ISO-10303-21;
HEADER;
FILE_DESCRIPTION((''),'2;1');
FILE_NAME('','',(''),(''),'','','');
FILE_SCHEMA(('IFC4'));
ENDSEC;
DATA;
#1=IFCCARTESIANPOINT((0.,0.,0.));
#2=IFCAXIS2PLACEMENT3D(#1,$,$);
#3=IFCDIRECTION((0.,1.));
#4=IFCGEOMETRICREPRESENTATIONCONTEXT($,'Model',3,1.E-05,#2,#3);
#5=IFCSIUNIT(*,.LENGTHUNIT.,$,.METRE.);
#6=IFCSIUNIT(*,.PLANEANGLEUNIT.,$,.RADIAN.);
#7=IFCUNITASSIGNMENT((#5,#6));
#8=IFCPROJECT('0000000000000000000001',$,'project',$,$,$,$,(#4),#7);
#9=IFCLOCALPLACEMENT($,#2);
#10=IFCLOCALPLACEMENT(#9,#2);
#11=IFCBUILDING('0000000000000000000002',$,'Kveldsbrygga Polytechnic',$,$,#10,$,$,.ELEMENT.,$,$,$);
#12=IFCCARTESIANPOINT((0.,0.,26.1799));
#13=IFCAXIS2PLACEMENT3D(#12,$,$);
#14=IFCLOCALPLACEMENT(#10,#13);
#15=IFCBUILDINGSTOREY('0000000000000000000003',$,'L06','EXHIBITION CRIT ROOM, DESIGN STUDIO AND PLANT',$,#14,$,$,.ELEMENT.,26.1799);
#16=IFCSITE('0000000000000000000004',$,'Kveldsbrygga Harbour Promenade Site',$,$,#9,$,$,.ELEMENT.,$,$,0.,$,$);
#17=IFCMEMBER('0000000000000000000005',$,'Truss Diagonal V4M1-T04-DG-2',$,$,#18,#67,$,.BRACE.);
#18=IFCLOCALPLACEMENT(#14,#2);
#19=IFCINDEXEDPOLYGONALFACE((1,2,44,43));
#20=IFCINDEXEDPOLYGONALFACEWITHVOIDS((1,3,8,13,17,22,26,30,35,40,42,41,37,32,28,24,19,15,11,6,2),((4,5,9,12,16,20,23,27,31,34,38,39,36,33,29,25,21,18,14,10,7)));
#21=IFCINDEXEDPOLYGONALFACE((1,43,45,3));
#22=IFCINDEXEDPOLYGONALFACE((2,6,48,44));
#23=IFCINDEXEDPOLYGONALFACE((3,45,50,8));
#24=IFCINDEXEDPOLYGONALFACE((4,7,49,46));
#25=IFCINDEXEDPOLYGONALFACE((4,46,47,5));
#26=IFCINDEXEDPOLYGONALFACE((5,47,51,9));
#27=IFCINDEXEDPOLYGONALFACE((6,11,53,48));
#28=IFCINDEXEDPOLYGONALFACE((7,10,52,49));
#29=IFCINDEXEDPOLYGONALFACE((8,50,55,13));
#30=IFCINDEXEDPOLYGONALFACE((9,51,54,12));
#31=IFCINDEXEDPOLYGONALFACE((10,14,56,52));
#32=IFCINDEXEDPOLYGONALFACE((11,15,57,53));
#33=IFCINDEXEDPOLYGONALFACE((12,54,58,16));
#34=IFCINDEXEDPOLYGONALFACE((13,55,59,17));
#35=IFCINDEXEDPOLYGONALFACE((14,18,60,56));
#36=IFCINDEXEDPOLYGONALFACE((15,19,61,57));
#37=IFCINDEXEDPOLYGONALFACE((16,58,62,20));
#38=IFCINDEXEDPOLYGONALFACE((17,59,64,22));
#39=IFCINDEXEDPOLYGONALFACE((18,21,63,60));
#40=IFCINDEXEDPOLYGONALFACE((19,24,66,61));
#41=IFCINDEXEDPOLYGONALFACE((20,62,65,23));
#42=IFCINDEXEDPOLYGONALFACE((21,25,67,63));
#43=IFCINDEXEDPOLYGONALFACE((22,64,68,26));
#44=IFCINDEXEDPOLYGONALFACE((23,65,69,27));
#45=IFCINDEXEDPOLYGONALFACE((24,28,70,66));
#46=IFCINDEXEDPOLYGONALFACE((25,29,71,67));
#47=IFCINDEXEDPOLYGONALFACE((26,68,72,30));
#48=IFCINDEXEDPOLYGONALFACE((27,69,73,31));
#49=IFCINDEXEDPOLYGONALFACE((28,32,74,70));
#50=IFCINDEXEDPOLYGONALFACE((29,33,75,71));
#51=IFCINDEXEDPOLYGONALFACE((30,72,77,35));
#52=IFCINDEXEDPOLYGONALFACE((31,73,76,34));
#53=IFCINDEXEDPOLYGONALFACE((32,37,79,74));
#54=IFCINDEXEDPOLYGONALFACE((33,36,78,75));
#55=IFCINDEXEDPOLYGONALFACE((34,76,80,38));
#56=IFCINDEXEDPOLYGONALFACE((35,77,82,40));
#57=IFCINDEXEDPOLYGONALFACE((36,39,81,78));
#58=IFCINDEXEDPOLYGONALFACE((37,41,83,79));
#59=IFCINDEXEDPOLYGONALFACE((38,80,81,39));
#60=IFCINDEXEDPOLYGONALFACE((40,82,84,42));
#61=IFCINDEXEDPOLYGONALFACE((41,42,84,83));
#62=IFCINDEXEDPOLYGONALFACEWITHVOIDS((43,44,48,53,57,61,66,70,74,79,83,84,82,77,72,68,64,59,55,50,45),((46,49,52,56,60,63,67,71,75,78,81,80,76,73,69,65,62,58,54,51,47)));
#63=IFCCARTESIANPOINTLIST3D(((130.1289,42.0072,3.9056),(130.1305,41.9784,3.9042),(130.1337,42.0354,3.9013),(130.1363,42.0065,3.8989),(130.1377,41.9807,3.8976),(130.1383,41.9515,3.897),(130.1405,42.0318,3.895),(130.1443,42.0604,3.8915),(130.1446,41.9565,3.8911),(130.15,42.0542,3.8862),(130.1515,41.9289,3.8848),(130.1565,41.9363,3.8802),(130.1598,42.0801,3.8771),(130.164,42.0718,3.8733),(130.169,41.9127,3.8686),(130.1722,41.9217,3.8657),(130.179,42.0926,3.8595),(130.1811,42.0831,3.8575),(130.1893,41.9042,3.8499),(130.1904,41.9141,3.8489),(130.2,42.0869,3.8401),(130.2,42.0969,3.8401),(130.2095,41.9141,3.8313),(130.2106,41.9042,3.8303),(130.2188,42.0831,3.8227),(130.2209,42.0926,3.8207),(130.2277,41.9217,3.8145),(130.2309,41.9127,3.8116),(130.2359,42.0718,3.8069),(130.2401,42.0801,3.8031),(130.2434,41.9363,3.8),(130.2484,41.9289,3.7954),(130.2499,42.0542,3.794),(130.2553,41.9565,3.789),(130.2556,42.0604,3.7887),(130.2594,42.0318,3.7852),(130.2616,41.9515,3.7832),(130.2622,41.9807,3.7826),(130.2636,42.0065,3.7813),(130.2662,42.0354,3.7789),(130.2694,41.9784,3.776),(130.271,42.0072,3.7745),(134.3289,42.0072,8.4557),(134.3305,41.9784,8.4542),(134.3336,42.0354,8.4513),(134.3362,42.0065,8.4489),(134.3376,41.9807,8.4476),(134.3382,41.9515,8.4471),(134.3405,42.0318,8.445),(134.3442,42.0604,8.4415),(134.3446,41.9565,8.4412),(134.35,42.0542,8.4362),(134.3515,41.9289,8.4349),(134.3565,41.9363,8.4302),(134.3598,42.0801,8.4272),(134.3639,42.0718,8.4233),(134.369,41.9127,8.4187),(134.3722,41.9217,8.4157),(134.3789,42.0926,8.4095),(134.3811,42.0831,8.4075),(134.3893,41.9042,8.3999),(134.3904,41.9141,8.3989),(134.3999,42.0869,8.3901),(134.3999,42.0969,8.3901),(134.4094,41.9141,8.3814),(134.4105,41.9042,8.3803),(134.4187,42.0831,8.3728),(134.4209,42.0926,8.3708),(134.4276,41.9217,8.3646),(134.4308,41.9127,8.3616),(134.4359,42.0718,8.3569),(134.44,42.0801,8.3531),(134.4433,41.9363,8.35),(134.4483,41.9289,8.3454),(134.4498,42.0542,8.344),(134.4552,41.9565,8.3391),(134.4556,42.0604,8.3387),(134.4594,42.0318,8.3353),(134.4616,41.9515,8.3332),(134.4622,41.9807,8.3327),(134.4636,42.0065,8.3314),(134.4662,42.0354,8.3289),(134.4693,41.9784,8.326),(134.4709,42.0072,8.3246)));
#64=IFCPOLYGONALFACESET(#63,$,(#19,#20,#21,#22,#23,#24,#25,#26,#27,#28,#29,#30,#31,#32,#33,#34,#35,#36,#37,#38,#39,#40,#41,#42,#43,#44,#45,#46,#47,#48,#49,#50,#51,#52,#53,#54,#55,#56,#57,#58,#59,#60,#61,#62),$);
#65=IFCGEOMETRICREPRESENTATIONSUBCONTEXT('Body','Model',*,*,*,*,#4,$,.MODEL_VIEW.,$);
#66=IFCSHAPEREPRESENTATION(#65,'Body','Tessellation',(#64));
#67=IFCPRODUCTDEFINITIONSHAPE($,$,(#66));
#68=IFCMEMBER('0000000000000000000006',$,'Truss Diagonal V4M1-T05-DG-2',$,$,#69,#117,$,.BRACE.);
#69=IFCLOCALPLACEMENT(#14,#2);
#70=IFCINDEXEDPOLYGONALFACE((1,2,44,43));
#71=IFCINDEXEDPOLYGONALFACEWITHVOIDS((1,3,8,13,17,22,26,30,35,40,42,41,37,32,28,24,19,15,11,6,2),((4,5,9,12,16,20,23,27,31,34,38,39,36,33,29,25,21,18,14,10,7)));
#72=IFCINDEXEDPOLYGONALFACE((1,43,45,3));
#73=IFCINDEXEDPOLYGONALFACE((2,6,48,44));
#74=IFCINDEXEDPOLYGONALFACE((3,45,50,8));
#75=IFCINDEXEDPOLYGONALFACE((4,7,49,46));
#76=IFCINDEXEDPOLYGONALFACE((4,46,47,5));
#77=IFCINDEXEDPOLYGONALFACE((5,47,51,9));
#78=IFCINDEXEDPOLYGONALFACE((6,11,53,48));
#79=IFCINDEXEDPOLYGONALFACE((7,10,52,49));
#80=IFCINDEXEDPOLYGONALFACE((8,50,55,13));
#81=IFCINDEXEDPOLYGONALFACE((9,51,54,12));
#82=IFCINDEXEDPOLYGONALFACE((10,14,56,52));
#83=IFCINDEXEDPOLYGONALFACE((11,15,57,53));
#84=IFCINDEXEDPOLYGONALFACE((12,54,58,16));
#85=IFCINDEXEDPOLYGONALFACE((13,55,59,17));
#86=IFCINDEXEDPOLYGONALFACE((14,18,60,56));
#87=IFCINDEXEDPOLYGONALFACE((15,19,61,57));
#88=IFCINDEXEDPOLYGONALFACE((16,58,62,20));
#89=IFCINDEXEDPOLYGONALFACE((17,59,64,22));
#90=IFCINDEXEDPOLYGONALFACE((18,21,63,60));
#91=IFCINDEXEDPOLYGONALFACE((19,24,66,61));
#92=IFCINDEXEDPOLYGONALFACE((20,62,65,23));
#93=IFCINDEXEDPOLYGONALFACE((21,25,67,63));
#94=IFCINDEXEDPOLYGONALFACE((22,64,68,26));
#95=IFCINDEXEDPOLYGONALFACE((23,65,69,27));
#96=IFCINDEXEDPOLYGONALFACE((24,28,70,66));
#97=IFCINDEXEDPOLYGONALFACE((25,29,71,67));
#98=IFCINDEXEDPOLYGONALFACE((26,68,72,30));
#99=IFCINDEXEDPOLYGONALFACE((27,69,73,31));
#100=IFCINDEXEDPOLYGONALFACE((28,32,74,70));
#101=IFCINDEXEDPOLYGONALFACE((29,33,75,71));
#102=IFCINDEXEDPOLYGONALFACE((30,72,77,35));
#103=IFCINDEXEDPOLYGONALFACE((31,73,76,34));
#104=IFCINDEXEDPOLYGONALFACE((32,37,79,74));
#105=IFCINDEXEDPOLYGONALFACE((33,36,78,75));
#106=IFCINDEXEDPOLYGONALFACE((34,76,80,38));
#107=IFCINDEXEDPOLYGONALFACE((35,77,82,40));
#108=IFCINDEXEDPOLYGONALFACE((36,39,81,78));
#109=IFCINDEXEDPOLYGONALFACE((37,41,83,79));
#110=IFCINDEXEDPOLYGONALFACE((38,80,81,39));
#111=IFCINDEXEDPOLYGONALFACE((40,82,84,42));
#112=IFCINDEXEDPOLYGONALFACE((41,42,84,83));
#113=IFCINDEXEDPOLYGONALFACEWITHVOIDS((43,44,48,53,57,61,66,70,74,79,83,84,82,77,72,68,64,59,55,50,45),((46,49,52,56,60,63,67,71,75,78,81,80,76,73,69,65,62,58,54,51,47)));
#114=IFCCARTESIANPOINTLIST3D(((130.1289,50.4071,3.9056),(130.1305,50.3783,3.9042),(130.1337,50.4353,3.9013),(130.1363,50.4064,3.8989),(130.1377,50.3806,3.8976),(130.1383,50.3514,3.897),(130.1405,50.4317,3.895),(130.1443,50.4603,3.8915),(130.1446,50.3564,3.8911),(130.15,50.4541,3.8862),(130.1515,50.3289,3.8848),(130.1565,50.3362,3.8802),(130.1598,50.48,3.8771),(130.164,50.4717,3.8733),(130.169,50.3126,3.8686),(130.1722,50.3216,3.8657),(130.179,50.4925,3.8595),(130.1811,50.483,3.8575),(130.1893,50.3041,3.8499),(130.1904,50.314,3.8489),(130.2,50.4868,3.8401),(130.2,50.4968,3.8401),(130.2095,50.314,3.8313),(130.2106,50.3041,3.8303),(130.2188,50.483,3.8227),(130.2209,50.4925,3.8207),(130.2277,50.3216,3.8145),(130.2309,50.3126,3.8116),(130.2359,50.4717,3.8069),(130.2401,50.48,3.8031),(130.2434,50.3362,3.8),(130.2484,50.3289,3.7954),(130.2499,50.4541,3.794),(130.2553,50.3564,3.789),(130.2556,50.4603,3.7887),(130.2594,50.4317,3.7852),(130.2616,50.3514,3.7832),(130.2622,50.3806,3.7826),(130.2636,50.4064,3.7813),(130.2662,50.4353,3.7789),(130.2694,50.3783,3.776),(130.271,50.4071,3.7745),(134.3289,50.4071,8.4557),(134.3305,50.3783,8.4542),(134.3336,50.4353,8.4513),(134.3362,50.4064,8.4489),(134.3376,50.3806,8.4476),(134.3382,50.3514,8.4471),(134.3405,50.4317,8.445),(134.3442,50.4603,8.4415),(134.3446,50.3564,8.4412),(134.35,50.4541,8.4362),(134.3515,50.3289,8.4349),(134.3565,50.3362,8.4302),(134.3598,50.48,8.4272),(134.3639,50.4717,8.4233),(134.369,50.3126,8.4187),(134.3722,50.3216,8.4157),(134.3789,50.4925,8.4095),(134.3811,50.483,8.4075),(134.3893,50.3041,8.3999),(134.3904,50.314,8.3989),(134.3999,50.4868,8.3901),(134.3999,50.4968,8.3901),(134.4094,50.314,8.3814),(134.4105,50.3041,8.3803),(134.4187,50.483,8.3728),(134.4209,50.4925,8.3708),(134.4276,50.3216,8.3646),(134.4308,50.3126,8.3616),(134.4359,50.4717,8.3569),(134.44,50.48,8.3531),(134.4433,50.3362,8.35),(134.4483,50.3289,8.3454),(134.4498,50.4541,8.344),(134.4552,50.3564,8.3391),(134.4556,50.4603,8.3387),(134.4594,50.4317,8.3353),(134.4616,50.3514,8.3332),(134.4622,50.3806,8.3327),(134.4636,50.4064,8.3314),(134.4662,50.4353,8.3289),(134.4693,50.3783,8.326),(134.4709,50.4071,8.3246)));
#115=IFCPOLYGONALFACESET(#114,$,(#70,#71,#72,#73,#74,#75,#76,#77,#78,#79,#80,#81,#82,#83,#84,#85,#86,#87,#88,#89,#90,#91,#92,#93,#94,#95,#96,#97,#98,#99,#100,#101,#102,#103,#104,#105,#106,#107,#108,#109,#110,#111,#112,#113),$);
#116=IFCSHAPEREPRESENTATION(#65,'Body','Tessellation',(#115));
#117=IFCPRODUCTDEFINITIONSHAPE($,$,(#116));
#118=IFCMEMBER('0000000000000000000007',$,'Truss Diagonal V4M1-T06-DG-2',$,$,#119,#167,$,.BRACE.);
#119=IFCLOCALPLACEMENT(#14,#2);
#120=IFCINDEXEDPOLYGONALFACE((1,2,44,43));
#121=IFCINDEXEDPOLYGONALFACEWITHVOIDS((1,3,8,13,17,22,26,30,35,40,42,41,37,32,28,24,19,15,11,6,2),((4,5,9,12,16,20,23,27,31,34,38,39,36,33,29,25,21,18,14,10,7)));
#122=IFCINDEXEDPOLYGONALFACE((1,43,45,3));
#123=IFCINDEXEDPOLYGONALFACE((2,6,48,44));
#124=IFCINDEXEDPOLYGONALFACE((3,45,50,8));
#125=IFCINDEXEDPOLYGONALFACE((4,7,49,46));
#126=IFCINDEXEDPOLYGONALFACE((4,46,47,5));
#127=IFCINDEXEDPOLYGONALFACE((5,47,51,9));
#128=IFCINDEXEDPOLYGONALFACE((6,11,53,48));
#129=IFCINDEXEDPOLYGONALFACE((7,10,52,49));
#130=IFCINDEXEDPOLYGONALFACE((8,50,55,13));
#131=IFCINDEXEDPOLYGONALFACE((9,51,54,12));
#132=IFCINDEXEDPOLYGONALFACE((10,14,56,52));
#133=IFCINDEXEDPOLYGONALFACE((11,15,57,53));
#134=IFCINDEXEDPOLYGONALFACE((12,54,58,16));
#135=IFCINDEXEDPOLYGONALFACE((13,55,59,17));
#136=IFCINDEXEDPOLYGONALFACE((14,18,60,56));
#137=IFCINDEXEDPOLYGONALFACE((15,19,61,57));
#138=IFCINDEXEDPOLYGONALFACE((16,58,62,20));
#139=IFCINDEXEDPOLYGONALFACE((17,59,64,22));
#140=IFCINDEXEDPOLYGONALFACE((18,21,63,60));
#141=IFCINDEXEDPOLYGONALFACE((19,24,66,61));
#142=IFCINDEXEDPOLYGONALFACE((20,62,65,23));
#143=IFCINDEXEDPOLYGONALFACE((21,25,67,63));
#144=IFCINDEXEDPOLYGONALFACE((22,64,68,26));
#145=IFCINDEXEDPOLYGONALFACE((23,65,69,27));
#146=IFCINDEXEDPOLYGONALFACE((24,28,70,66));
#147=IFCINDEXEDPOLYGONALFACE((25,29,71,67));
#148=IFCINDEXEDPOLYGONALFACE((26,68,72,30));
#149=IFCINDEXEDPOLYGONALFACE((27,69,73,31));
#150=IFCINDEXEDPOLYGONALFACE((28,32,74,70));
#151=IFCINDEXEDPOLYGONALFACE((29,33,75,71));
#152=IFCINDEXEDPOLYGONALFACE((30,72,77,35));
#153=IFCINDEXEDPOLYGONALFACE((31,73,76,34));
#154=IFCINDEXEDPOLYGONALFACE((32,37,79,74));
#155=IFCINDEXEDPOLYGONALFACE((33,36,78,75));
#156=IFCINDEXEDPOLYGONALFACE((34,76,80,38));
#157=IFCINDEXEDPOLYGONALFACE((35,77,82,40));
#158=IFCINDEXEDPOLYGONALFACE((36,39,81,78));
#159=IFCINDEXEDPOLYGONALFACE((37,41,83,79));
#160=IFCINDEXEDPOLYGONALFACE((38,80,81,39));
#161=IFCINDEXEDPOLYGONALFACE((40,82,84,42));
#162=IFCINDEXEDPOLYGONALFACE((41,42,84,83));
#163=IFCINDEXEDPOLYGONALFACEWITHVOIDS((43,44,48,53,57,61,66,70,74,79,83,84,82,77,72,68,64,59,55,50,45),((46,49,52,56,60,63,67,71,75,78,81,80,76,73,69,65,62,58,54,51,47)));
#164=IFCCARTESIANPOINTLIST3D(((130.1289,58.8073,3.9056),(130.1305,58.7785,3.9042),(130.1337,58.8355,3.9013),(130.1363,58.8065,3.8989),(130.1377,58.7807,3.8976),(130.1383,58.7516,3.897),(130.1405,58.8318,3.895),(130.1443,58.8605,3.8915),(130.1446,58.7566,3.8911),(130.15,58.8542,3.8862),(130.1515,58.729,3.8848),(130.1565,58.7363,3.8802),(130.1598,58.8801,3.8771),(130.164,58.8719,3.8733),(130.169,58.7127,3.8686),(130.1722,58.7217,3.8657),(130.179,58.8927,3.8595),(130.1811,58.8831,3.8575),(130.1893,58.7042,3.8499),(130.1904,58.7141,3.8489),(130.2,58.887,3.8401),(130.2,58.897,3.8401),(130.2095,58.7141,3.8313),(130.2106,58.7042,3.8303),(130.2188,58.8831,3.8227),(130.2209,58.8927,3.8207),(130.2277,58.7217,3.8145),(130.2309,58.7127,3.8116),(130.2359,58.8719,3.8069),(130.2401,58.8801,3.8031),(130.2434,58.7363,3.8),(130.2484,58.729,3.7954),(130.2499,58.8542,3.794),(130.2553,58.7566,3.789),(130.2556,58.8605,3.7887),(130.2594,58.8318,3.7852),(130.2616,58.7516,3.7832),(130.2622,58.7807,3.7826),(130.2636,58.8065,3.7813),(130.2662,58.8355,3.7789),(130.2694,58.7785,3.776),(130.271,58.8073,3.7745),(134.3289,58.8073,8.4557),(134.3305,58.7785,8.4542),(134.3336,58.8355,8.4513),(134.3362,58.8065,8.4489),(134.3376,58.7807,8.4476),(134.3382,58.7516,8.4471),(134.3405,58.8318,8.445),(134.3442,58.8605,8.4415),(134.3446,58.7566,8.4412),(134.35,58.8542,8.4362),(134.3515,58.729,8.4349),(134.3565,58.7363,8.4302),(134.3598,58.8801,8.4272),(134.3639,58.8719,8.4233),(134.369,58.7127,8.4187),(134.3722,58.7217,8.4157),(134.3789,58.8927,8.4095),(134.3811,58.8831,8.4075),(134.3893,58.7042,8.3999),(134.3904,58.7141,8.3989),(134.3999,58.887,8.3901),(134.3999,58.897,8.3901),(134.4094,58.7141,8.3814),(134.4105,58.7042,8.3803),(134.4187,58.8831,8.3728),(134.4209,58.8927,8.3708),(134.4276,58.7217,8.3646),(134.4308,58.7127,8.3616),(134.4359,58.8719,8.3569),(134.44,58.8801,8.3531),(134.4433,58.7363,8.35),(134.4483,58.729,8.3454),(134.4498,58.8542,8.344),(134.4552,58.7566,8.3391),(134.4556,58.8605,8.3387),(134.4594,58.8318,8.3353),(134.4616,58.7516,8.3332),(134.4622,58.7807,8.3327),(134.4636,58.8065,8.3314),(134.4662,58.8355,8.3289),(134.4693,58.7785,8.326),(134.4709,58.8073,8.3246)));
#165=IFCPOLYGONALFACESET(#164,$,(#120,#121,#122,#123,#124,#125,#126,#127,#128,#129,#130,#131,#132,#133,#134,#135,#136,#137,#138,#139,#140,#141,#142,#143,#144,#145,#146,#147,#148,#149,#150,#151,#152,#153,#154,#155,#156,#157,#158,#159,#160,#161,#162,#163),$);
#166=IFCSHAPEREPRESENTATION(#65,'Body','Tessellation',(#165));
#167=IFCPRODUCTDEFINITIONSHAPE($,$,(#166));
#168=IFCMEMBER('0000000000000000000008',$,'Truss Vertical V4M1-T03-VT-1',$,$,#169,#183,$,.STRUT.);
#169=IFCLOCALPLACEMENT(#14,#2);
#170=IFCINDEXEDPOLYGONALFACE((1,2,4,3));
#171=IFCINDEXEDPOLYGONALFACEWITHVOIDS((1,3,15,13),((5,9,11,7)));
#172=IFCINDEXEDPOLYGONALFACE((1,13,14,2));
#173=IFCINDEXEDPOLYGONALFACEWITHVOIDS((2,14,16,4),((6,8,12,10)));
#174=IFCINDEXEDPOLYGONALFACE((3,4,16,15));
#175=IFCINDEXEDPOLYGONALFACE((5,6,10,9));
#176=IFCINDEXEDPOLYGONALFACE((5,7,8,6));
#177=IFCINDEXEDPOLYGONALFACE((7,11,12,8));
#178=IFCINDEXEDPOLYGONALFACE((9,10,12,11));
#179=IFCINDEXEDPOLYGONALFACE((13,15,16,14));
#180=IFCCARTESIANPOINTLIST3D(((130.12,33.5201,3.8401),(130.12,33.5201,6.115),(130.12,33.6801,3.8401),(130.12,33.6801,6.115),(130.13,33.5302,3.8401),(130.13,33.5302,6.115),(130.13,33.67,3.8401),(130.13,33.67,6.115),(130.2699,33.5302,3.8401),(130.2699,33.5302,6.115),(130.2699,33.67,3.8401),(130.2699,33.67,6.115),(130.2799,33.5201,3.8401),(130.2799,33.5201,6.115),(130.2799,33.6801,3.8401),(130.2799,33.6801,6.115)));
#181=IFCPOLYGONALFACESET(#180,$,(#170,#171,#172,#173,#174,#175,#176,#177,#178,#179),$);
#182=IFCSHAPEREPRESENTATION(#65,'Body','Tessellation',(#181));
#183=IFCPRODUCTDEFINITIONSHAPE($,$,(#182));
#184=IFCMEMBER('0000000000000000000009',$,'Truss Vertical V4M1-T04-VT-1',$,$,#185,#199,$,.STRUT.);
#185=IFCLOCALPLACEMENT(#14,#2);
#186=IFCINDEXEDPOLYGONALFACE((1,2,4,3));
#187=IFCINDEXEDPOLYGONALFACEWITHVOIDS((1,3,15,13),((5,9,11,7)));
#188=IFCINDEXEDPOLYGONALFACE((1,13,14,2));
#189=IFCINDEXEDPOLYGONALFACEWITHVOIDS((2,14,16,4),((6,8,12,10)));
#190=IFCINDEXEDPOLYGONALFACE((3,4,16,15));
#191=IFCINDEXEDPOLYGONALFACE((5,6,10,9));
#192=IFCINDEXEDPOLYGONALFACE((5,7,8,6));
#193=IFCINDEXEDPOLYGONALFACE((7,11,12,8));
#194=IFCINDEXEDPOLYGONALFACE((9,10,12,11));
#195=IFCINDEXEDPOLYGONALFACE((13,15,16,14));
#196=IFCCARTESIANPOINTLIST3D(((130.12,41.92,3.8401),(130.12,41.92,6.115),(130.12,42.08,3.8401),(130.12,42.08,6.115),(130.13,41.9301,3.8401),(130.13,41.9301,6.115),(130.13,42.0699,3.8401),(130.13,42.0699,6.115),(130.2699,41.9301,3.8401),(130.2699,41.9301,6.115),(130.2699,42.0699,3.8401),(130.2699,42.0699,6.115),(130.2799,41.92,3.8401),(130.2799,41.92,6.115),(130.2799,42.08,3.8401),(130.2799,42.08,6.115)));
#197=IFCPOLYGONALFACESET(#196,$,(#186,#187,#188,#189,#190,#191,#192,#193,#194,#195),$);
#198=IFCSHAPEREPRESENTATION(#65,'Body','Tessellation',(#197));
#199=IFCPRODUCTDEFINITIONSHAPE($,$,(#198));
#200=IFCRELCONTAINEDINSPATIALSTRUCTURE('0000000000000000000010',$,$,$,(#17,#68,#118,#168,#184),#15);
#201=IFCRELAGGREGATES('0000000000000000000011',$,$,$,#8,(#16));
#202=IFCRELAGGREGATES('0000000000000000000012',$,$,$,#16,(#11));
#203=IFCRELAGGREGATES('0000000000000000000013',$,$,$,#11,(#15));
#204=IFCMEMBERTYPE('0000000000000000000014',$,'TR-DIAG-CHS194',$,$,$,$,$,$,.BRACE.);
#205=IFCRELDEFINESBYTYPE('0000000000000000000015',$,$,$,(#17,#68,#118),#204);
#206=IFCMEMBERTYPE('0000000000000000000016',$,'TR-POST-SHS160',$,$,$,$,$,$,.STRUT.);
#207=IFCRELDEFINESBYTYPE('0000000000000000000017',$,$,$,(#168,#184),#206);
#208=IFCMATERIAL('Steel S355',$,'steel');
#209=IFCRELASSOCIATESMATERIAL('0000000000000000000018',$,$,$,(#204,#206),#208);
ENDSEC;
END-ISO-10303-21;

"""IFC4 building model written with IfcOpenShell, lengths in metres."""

from ifc_helpers import new_model, si_unit, direction, frame, origin, origin_2d, place, context, subcontext, project, spatial, hollow_rectangle, hollow_circle, extrude, material, material_profile, profile_set, type_object, element, save


model = new_model("IFC4")

# Units and contexts
model_context = context("Model", 3, precision=1e-05, world=origin(), true_north=direction((0.0, 1.0)))
body_context = subcontext(model_context, "Body", "Model", "MODEL_VIEW")
ifc_project = project(units=[si_unit("LENGTHUNIT", "METRE"), si_unit("PLANEANGLEUNIT", "RADIAN")], contexts=[model_context])

# Site, building, storey
site_placement = place(None, origin())
site = spatial("IfcSite", under=ifc_project, at=site_placement, Name="Kveldsbrygga Harbour Promenade Site", CompositionType="ELEMENT", RefElevation=0.0)
building_placement = place(site_placement, origin())
building = spatial("IfcBuilding", under=site, at=building_placement, Name="Kveldsbrygga Polytechnic", CompositionType="ELEMENT")
storey_placement = place(building_placement, frame((0.0, 0.0, 26.1799)))
storey = spatial("IfcBuildingStorey", under=building, at=storey_placement, Name="L06", Description="EXHIBITION CRIT ROOM, DESIGN STUDIO AND PLANT", CompositionType="ELEMENT", Elevation=26.1799)

# Members
ifc_material_1 = material(Name="Steel S355", Category="steel")
ifc_material_profile_1 = material_profile(ifc_material_1, hollow_circle(Radius=0.0969, WallThickness=0.01, at=origin_2d()), Name="CHS 193.7x10.0")
ifc_profile_set_1 = profile_set([ifc_material_profile_1], Name="Steel S355")
member_type_1 = type_object("IfcMemberType", Name="TR-DIAG-CHS194", PredefinedType="BRACE", material=ifc_profile_set_1)
for number, where, z_axis, x_axis, name in (
    (1, (130.2, 42.0, 3.8401), (0.678272, 0.0, 0.734811), (0.0, 1.0, 0.0), "Truss Diagonal V4M1-T04-DG-2"),
    (2, (130.2, 50.3999, 3.8401), (0.678272, 0.0, 0.734811), (0.0, 1.0, 0.0), "Truss Diagonal V4M1-T05-DG-2"),
    (3, (130.2, 58.8, 3.8401), (0.678272, 0.0, 0.734811), (0.0, 1.0, 0.0), "Truss Diagonal V4M1-T06-DG-2"),
):
    element("IfcMember", number, at=place(storey_placement, frame(where, z_axis=z_axis, x_axis=x_axis)), inside=storey, type_object=member_type_1, Name=name, PredefinedType="BRACE", context=body_context, shape_type="SweptSolid", body=[
        extrude(hollow_circle(Radius=0.0969, WallThickness=0.01, at=origin_2d()), origin(), (0.0, 0.0, 1.0), 6.1921),
    ])
ifc_material_profile_2 = material_profile(ifc_material_1, hollow_rectangle(XDim=0.1599, YDim=0.1599, WallThickness=0.01, at=origin_2d()), Name="SHS 160x160x10.0")
ifc_profile_set_2 = profile_set([ifc_material_profile_2], Name="Steel S355")
member_type_2 = type_object("IfcMemberType", Name="TR-POST-SHS160", PredefinedType="STRUT", material=ifc_profile_set_2)
for number, where, z_axis, x_axis, name in (
    (4, (130.2, 33.6001, 3.8401), (0.0, 0.0, 1.0), (1.0, 0.0, 0.0), "Truss Vertical V4M1-T03-VT-1"),
    (5, (130.2, 42.0, 3.8401), (0.0, 0.0, 1.0), (1.0, 0.0, 0.0), "Truss Vertical V4M1-T04-VT-1"),
):
    element("IfcMember", number, at=place(storey_placement, frame(where, z_axis=z_axis, x_axis=x_axis)), inside=storey, type_object=member_type_2, Name=name, PredefinedType="STRUT", context=body_context, shape_type="SweptSolid", body=[
        extrude(hollow_rectangle(XDim=0.1599, YDim=0.1599, WallThickness=0.01, at=origin_2d()), origin(), (0.0, 0.0, 1.0), 2.2749),
    ])

save(model, "model.ifc")
